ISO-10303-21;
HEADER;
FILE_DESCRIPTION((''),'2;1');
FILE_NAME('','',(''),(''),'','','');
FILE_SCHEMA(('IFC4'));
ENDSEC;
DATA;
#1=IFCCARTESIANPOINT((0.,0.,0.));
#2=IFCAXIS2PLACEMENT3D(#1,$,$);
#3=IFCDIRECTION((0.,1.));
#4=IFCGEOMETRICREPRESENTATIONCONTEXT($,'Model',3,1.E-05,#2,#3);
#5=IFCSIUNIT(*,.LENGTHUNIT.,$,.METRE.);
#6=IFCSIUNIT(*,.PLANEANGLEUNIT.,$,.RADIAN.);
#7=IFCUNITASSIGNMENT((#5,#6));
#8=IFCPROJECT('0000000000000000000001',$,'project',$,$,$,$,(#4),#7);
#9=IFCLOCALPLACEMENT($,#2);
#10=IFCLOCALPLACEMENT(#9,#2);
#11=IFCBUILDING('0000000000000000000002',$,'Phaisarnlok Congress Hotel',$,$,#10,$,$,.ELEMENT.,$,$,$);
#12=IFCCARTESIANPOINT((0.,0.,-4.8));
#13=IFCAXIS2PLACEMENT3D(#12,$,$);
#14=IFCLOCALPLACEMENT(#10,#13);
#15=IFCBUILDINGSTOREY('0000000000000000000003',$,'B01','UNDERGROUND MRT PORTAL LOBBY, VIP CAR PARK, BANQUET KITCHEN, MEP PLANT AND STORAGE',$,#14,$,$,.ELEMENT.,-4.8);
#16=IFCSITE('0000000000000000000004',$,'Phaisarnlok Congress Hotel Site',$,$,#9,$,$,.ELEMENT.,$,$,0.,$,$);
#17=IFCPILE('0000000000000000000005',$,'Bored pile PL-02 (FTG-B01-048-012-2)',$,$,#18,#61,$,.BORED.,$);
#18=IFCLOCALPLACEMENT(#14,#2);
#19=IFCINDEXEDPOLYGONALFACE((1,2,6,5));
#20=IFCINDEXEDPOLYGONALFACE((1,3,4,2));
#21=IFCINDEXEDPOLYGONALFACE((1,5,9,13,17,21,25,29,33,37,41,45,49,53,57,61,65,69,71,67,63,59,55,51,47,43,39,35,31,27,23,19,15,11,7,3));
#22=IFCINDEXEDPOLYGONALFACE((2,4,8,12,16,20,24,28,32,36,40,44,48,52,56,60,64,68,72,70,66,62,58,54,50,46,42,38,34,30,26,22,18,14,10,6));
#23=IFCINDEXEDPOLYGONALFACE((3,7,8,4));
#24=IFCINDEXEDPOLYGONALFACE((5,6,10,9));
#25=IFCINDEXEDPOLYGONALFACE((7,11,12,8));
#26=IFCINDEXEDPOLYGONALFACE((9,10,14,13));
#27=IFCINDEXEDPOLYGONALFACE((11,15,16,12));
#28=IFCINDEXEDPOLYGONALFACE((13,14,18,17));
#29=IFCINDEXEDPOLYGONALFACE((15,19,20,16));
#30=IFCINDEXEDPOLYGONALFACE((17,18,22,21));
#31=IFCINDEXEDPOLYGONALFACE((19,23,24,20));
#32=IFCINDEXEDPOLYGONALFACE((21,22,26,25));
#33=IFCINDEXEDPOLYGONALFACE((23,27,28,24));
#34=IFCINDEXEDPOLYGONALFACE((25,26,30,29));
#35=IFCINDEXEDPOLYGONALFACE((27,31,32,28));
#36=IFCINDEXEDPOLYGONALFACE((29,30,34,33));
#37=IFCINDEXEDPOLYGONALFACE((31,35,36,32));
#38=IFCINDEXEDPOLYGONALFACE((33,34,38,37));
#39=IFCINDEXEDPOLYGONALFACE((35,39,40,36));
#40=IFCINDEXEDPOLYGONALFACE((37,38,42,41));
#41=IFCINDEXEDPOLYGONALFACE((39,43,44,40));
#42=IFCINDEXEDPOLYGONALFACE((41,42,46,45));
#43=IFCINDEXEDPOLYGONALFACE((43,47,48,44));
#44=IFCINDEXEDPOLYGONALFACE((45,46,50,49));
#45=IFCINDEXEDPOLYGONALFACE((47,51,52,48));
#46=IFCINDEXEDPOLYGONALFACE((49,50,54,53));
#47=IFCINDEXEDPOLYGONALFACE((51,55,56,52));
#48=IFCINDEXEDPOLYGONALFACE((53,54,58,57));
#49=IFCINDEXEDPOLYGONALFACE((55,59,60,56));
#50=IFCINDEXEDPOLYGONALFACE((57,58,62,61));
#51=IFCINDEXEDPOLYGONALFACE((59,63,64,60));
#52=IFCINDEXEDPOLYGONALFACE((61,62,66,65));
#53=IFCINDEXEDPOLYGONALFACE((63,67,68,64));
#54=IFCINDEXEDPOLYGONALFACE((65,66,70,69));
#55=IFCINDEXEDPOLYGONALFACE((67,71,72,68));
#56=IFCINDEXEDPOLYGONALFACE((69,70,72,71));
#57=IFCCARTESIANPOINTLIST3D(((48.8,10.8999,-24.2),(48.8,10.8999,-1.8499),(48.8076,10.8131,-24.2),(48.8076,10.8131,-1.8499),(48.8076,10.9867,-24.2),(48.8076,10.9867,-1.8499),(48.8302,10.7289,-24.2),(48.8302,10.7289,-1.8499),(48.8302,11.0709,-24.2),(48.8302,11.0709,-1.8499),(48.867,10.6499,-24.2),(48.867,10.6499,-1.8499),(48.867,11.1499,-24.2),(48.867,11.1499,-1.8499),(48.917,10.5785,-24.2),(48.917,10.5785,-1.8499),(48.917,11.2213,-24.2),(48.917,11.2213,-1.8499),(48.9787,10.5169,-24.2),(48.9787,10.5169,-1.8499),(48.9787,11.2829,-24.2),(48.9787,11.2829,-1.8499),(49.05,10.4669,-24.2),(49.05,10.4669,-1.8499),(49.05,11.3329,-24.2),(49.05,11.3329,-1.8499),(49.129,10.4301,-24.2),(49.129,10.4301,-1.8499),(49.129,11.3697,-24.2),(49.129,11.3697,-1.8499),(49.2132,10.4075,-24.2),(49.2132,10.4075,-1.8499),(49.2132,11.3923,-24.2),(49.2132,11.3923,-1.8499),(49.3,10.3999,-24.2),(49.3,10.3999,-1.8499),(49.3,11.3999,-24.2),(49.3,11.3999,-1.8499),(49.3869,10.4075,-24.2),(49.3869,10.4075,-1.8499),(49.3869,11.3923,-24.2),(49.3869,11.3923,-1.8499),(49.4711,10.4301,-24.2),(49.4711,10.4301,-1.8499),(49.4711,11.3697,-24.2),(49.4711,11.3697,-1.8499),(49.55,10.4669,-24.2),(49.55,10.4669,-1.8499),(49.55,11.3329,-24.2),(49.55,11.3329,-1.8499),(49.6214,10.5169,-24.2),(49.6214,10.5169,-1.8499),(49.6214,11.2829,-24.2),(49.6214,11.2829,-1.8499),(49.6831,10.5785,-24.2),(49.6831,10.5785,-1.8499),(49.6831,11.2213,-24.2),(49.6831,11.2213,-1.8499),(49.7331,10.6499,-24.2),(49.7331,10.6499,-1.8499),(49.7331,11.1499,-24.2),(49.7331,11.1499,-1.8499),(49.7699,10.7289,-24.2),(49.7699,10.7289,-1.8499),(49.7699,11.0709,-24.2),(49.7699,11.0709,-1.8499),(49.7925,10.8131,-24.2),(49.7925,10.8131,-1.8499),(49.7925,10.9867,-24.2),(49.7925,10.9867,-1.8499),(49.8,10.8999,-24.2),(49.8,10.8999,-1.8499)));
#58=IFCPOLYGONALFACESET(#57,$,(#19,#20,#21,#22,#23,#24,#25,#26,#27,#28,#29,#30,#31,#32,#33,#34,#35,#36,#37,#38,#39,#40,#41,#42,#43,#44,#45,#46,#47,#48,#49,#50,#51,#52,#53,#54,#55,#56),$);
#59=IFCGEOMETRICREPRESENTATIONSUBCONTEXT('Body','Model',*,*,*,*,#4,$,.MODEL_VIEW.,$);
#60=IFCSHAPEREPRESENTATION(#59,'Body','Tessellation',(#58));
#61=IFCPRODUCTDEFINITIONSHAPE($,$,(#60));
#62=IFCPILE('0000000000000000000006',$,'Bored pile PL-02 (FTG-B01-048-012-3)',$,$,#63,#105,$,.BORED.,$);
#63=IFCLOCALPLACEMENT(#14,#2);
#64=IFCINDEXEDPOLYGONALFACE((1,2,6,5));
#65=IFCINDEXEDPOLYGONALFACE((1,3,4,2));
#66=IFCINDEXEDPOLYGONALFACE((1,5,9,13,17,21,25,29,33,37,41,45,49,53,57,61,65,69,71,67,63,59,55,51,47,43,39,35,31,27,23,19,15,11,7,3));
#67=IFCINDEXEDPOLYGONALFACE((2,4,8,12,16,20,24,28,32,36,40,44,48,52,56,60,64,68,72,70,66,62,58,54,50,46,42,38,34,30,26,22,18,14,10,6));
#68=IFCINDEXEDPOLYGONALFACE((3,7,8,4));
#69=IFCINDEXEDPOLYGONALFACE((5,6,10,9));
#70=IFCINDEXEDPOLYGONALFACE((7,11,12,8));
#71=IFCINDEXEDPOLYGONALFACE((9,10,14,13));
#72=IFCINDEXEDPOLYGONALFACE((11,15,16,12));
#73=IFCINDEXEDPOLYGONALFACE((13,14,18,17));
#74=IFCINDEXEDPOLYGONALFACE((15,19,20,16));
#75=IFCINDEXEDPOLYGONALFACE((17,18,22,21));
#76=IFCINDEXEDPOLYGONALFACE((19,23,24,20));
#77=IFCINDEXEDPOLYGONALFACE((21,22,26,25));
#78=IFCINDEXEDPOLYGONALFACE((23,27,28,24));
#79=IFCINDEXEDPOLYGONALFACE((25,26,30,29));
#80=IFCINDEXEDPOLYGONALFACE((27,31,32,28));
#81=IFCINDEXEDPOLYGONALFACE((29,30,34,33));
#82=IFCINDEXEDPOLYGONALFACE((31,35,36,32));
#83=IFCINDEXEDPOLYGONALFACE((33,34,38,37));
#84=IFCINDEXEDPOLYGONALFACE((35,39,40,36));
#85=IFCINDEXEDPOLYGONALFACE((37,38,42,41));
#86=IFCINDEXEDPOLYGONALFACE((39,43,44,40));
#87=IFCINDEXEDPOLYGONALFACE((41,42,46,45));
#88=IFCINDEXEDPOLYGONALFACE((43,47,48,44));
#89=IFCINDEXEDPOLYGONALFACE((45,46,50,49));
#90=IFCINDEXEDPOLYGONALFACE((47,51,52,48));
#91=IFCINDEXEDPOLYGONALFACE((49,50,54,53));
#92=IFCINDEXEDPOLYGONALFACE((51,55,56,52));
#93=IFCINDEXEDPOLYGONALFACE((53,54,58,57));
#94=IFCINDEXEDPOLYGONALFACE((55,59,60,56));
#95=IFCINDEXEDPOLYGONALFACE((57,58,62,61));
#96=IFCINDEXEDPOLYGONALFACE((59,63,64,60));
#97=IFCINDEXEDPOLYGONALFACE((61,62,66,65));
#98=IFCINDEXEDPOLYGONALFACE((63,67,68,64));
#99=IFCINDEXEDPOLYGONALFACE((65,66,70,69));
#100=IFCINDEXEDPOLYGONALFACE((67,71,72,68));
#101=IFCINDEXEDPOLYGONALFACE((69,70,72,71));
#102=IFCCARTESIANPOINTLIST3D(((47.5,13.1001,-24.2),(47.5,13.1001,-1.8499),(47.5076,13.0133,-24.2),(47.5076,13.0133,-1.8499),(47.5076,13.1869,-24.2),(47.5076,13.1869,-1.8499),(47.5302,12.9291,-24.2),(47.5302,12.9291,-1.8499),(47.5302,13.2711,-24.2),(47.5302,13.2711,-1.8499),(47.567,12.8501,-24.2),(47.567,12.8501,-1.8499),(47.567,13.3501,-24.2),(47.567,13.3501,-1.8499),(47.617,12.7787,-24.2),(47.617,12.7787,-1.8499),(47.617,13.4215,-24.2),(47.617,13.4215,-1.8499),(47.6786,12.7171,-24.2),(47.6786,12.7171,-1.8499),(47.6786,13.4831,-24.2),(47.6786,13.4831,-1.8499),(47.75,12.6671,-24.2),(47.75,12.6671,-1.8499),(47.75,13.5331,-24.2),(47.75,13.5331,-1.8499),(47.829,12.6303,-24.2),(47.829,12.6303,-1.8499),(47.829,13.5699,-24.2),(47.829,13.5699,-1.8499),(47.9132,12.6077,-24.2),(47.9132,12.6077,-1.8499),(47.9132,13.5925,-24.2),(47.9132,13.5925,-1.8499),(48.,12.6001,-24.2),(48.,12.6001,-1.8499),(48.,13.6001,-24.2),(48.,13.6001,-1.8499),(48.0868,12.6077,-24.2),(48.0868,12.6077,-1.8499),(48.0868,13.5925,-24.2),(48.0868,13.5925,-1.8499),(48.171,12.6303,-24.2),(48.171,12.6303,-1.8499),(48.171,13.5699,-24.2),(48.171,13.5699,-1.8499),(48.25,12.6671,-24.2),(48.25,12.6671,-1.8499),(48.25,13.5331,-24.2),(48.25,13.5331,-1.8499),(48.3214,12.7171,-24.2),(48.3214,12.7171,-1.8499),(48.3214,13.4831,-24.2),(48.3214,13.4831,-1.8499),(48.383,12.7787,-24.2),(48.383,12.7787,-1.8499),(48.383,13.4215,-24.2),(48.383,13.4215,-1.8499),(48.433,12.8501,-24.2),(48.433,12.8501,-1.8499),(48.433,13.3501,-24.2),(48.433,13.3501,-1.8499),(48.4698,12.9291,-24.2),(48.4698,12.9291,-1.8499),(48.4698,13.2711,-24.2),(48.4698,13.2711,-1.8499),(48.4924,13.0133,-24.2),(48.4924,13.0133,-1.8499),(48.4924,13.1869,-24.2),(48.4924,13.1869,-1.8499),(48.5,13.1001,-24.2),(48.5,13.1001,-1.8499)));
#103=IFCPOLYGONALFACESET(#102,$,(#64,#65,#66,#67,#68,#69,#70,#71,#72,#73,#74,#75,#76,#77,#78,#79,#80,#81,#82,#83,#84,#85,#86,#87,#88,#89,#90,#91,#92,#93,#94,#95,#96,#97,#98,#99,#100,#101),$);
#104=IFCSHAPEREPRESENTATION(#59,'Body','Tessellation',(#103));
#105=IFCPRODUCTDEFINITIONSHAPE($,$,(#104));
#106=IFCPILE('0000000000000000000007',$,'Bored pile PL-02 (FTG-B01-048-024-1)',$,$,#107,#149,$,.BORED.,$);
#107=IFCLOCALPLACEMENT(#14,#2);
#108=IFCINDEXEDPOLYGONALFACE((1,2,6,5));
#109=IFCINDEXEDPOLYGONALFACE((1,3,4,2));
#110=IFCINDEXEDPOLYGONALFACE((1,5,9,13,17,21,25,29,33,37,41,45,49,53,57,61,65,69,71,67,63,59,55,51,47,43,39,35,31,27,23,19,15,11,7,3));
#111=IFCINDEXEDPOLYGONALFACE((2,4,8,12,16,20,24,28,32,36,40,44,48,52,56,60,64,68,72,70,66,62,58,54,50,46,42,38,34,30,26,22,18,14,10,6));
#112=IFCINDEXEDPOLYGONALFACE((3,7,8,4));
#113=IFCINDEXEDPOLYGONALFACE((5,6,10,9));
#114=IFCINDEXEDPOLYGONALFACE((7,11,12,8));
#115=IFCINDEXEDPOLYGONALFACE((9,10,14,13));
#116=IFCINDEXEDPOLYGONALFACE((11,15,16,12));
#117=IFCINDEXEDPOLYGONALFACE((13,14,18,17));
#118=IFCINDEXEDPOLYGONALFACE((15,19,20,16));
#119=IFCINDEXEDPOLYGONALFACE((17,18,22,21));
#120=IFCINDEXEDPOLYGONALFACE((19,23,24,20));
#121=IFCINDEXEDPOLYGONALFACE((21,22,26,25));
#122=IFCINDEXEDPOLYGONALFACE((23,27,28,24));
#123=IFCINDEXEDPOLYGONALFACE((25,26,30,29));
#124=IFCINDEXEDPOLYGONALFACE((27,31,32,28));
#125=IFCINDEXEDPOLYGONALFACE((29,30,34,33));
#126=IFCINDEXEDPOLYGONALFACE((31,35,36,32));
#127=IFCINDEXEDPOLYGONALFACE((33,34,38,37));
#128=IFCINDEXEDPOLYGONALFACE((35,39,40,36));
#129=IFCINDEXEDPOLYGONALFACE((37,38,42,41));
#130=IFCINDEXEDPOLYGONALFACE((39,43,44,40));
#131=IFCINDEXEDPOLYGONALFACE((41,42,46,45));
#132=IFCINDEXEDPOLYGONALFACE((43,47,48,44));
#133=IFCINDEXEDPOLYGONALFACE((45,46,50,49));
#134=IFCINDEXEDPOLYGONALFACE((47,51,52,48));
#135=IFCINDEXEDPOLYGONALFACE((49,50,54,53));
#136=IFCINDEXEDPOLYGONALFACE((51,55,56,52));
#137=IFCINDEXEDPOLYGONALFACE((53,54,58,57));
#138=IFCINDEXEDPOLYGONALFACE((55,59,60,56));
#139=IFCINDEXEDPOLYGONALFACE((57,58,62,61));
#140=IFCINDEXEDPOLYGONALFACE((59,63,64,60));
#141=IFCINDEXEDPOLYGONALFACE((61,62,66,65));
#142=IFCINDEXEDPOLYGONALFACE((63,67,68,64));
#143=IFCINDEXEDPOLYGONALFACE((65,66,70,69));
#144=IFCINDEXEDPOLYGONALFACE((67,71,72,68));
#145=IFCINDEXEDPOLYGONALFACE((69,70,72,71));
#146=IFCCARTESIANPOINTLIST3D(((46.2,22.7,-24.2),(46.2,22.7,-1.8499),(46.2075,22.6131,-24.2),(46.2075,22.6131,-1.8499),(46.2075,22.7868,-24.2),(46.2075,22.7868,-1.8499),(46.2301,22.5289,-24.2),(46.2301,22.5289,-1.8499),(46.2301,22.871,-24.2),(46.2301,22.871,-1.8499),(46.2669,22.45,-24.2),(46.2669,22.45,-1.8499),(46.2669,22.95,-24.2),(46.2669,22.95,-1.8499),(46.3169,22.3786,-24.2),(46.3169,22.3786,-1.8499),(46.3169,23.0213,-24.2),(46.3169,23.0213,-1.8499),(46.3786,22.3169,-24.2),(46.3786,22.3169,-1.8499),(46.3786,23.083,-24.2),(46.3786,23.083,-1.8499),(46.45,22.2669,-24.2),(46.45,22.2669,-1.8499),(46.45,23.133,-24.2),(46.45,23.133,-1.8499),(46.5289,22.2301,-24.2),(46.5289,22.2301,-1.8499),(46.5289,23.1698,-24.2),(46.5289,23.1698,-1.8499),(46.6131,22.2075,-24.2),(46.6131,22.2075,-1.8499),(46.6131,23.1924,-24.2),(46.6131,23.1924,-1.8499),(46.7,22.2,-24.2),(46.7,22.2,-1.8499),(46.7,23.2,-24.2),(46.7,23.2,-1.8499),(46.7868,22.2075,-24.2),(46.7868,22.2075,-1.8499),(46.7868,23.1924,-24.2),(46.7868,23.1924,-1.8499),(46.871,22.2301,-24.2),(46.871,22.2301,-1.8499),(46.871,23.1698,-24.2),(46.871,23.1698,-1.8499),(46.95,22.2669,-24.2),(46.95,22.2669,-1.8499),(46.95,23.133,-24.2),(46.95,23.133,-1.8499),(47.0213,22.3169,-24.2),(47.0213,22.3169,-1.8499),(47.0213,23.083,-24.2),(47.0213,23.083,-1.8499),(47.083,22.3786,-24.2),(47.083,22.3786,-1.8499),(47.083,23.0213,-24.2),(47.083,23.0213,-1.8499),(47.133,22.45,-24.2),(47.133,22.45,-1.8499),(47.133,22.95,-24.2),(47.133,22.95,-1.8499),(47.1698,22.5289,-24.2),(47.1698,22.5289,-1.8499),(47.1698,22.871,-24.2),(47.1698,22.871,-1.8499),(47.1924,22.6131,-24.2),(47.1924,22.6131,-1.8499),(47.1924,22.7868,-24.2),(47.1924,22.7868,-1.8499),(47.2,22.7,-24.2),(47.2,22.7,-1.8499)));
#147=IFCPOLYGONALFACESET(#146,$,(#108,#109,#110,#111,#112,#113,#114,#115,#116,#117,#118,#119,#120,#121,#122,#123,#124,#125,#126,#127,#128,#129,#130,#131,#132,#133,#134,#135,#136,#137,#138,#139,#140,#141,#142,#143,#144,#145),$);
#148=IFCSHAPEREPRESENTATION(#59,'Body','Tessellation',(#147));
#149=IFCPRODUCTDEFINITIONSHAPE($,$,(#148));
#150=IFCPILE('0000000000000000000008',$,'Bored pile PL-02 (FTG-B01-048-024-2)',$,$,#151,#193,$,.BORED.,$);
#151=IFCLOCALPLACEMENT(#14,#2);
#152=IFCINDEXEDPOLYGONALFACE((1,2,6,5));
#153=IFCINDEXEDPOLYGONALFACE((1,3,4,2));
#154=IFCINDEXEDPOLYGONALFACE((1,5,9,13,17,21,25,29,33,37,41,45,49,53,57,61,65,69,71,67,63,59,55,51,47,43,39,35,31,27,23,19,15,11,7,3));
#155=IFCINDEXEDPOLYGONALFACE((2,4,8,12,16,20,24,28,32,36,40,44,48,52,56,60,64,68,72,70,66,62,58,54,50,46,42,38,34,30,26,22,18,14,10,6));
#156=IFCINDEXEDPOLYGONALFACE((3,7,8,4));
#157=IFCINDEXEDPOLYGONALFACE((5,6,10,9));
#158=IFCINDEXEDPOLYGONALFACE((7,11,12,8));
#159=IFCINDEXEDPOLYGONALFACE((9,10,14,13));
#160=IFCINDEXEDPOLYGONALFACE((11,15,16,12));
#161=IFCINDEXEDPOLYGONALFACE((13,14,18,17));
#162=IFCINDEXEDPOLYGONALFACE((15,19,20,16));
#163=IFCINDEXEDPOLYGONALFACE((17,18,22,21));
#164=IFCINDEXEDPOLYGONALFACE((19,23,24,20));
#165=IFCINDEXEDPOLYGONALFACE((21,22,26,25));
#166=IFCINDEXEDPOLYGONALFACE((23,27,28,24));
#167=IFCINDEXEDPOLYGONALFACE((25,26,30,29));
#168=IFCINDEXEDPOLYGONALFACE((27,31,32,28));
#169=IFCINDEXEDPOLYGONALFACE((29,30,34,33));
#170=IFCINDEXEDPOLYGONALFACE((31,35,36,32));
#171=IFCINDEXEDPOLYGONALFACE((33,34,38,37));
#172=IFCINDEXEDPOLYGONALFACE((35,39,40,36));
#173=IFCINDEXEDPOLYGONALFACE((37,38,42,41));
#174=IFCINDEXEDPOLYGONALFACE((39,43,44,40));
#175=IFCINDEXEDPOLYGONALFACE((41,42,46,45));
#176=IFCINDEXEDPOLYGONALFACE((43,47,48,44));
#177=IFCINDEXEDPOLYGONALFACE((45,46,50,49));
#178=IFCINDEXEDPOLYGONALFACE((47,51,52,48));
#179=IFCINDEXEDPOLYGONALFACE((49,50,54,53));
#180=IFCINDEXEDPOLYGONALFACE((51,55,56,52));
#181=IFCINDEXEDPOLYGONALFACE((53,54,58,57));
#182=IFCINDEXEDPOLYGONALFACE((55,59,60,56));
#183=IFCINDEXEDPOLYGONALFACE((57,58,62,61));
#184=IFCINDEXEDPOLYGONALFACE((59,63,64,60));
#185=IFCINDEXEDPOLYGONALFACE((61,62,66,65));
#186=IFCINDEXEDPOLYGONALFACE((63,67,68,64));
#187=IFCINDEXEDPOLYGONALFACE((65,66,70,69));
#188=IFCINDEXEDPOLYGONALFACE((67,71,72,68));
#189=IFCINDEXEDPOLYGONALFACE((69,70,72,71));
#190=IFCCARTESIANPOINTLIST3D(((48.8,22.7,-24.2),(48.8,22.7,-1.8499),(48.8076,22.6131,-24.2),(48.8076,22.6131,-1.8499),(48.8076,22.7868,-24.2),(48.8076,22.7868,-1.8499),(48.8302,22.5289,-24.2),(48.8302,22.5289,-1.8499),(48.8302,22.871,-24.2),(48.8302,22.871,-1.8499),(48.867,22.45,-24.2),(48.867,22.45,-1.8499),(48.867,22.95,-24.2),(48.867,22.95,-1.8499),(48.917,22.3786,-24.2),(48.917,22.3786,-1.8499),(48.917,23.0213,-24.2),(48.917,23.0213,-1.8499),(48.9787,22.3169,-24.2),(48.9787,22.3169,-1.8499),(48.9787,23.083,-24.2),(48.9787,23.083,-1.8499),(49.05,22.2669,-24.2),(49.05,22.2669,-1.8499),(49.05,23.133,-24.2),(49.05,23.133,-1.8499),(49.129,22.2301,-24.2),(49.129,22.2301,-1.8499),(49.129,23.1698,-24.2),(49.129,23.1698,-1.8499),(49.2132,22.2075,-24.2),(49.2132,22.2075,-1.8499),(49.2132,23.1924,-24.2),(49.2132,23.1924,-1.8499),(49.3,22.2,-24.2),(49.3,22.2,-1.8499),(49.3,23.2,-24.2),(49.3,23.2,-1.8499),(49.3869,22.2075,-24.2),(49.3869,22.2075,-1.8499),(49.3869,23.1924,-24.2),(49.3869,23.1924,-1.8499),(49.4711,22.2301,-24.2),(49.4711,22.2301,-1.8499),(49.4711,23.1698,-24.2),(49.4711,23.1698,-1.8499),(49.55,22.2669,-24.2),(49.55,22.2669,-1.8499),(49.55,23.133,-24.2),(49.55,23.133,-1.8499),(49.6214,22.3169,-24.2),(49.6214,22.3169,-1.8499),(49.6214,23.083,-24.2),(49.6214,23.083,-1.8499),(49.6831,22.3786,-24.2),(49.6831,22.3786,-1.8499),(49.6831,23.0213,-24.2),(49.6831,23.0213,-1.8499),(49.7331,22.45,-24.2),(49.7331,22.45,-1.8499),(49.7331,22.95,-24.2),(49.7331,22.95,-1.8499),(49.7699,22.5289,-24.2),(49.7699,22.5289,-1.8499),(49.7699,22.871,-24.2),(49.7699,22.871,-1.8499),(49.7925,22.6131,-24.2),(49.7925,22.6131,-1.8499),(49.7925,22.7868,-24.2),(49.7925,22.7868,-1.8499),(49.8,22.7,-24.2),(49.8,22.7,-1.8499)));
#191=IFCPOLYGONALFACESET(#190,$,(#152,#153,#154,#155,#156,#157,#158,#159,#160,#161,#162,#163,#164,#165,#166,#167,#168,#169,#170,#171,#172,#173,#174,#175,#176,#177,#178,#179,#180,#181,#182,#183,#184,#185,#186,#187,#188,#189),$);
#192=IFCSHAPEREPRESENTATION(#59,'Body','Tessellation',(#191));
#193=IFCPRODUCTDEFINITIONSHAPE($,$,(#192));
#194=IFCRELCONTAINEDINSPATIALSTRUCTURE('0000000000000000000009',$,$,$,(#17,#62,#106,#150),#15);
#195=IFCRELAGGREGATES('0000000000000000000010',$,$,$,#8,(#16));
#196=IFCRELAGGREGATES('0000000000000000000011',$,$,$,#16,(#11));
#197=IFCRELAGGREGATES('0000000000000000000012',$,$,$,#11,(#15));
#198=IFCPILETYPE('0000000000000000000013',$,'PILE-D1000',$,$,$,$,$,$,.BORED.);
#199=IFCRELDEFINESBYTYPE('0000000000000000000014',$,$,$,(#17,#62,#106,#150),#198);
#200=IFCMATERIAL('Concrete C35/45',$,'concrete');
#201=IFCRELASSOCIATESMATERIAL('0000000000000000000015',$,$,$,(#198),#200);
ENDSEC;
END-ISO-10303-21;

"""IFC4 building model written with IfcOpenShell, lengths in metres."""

from ifc_helpers import new_model, si_unit, direction, frame, origin, origin_2d, place, context, subcontext, project, spatial, circle, extrude, material, material_profile, profile_set, type_object, element, save


model = new_model("IFC4")

# Units and contexts
model_context = context("Model", 3, precision=1e-05, world=origin(), true_north=direction((0.0, 1.0)))
body_context = subcontext(model_context, "Body", "Model", "MODEL_VIEW")
ifc_project = project(units=[si_unit("LENGTHUNIT", "METRE"), si_unit("PLANEANGLEUNIT", "RADIAN")], contexts=[model_context])

# Site, building, storey
site_placement = place(None, origin())
site = spatial("IfcSite", under=ifc_project, at=site_placement, Name="Phaisarnlok Congress Hotel Site", CompositionType="ELEMENT", RefElevation=0.0)
building_placement = place(site_placement, origin())
building = spatial("IfcBuilding", under=site, at=building_placement, Name="Phaisarnlok Congress Hotel", CompositionType="ELEMENT")
storey_placement = place(building_placement, frame((0.0, 0.0, -4.8)))
storey = spatial("IfcBuildingStorey", under=building, at=storey_placement, Name="B01", Description="UNDERGROUND MRT PORTAL LOBBY, VIP CAR PARK, BANQUET KITCHEN, MEP PLANT AND STORAGE", CompositionType="ELEMENT", Elevation=-4.8)

# Piles
ifc_material_1 = material(Name="Concrete C35/45", Category="concrete")
ifc_material_profile_1 = material_profile(ifc_material_1, circle(Radius=0.5, at=origin_2d()), Name="BORED PILE D1000")
ifc_profile_set_1 = profile_set([ifc_material_profile_1], Name="Concrete C35/45")
pile_type_1 = type_object("IfcPileType", Name="PILE-D1000", PredefinedType="BORED", material=ifc_profile_set_1)
for number, where, z_axis, x_axis, name in (
    (1, (49.3, 10.8999, -1.8499), (0.0, 0.0, -1.0), (1.0, 0.0, 0.0), "Bored pile PL-02 (FTG-B01-048-012-2)"),
    (2, (48.0, 13.1001, -1.8499), (0.0, 0.0, -1.0), (1.0, 0.0, 0.0), "Bored pile PL-02 (FTG-B01-048-012-3)"),
    (3, (46.7, 22.7, -1.8499), (0.0, 0.0, -1.0), (1.0, 0.0, 0.0), "Bored pile PL-02 (FTG-B01-048-024-1)"),
    (4, (49.3, 22.7, -1.8499), (0.0, 0.0, -1.0), (1.0, 0.0, 0.0), "Bored pile PL-02 (FTG-B01-048-024-2)"),
):
    element("IfcPile", number, at=place(storey_placement, frame(where, z_axis=z_axis, x_axis=x_axis)), inside=storey, type_object=pile_type_1, Name=name, PredefinedType="BORED", context=body_context, shape_type="SweptSolid", body=[
        extrude(circle(Radius=0.5, at=origin_2d()), origin(), (0.0, 0.0, 1.0), 22.3501),
    ])

save(model, "model.ifc")
